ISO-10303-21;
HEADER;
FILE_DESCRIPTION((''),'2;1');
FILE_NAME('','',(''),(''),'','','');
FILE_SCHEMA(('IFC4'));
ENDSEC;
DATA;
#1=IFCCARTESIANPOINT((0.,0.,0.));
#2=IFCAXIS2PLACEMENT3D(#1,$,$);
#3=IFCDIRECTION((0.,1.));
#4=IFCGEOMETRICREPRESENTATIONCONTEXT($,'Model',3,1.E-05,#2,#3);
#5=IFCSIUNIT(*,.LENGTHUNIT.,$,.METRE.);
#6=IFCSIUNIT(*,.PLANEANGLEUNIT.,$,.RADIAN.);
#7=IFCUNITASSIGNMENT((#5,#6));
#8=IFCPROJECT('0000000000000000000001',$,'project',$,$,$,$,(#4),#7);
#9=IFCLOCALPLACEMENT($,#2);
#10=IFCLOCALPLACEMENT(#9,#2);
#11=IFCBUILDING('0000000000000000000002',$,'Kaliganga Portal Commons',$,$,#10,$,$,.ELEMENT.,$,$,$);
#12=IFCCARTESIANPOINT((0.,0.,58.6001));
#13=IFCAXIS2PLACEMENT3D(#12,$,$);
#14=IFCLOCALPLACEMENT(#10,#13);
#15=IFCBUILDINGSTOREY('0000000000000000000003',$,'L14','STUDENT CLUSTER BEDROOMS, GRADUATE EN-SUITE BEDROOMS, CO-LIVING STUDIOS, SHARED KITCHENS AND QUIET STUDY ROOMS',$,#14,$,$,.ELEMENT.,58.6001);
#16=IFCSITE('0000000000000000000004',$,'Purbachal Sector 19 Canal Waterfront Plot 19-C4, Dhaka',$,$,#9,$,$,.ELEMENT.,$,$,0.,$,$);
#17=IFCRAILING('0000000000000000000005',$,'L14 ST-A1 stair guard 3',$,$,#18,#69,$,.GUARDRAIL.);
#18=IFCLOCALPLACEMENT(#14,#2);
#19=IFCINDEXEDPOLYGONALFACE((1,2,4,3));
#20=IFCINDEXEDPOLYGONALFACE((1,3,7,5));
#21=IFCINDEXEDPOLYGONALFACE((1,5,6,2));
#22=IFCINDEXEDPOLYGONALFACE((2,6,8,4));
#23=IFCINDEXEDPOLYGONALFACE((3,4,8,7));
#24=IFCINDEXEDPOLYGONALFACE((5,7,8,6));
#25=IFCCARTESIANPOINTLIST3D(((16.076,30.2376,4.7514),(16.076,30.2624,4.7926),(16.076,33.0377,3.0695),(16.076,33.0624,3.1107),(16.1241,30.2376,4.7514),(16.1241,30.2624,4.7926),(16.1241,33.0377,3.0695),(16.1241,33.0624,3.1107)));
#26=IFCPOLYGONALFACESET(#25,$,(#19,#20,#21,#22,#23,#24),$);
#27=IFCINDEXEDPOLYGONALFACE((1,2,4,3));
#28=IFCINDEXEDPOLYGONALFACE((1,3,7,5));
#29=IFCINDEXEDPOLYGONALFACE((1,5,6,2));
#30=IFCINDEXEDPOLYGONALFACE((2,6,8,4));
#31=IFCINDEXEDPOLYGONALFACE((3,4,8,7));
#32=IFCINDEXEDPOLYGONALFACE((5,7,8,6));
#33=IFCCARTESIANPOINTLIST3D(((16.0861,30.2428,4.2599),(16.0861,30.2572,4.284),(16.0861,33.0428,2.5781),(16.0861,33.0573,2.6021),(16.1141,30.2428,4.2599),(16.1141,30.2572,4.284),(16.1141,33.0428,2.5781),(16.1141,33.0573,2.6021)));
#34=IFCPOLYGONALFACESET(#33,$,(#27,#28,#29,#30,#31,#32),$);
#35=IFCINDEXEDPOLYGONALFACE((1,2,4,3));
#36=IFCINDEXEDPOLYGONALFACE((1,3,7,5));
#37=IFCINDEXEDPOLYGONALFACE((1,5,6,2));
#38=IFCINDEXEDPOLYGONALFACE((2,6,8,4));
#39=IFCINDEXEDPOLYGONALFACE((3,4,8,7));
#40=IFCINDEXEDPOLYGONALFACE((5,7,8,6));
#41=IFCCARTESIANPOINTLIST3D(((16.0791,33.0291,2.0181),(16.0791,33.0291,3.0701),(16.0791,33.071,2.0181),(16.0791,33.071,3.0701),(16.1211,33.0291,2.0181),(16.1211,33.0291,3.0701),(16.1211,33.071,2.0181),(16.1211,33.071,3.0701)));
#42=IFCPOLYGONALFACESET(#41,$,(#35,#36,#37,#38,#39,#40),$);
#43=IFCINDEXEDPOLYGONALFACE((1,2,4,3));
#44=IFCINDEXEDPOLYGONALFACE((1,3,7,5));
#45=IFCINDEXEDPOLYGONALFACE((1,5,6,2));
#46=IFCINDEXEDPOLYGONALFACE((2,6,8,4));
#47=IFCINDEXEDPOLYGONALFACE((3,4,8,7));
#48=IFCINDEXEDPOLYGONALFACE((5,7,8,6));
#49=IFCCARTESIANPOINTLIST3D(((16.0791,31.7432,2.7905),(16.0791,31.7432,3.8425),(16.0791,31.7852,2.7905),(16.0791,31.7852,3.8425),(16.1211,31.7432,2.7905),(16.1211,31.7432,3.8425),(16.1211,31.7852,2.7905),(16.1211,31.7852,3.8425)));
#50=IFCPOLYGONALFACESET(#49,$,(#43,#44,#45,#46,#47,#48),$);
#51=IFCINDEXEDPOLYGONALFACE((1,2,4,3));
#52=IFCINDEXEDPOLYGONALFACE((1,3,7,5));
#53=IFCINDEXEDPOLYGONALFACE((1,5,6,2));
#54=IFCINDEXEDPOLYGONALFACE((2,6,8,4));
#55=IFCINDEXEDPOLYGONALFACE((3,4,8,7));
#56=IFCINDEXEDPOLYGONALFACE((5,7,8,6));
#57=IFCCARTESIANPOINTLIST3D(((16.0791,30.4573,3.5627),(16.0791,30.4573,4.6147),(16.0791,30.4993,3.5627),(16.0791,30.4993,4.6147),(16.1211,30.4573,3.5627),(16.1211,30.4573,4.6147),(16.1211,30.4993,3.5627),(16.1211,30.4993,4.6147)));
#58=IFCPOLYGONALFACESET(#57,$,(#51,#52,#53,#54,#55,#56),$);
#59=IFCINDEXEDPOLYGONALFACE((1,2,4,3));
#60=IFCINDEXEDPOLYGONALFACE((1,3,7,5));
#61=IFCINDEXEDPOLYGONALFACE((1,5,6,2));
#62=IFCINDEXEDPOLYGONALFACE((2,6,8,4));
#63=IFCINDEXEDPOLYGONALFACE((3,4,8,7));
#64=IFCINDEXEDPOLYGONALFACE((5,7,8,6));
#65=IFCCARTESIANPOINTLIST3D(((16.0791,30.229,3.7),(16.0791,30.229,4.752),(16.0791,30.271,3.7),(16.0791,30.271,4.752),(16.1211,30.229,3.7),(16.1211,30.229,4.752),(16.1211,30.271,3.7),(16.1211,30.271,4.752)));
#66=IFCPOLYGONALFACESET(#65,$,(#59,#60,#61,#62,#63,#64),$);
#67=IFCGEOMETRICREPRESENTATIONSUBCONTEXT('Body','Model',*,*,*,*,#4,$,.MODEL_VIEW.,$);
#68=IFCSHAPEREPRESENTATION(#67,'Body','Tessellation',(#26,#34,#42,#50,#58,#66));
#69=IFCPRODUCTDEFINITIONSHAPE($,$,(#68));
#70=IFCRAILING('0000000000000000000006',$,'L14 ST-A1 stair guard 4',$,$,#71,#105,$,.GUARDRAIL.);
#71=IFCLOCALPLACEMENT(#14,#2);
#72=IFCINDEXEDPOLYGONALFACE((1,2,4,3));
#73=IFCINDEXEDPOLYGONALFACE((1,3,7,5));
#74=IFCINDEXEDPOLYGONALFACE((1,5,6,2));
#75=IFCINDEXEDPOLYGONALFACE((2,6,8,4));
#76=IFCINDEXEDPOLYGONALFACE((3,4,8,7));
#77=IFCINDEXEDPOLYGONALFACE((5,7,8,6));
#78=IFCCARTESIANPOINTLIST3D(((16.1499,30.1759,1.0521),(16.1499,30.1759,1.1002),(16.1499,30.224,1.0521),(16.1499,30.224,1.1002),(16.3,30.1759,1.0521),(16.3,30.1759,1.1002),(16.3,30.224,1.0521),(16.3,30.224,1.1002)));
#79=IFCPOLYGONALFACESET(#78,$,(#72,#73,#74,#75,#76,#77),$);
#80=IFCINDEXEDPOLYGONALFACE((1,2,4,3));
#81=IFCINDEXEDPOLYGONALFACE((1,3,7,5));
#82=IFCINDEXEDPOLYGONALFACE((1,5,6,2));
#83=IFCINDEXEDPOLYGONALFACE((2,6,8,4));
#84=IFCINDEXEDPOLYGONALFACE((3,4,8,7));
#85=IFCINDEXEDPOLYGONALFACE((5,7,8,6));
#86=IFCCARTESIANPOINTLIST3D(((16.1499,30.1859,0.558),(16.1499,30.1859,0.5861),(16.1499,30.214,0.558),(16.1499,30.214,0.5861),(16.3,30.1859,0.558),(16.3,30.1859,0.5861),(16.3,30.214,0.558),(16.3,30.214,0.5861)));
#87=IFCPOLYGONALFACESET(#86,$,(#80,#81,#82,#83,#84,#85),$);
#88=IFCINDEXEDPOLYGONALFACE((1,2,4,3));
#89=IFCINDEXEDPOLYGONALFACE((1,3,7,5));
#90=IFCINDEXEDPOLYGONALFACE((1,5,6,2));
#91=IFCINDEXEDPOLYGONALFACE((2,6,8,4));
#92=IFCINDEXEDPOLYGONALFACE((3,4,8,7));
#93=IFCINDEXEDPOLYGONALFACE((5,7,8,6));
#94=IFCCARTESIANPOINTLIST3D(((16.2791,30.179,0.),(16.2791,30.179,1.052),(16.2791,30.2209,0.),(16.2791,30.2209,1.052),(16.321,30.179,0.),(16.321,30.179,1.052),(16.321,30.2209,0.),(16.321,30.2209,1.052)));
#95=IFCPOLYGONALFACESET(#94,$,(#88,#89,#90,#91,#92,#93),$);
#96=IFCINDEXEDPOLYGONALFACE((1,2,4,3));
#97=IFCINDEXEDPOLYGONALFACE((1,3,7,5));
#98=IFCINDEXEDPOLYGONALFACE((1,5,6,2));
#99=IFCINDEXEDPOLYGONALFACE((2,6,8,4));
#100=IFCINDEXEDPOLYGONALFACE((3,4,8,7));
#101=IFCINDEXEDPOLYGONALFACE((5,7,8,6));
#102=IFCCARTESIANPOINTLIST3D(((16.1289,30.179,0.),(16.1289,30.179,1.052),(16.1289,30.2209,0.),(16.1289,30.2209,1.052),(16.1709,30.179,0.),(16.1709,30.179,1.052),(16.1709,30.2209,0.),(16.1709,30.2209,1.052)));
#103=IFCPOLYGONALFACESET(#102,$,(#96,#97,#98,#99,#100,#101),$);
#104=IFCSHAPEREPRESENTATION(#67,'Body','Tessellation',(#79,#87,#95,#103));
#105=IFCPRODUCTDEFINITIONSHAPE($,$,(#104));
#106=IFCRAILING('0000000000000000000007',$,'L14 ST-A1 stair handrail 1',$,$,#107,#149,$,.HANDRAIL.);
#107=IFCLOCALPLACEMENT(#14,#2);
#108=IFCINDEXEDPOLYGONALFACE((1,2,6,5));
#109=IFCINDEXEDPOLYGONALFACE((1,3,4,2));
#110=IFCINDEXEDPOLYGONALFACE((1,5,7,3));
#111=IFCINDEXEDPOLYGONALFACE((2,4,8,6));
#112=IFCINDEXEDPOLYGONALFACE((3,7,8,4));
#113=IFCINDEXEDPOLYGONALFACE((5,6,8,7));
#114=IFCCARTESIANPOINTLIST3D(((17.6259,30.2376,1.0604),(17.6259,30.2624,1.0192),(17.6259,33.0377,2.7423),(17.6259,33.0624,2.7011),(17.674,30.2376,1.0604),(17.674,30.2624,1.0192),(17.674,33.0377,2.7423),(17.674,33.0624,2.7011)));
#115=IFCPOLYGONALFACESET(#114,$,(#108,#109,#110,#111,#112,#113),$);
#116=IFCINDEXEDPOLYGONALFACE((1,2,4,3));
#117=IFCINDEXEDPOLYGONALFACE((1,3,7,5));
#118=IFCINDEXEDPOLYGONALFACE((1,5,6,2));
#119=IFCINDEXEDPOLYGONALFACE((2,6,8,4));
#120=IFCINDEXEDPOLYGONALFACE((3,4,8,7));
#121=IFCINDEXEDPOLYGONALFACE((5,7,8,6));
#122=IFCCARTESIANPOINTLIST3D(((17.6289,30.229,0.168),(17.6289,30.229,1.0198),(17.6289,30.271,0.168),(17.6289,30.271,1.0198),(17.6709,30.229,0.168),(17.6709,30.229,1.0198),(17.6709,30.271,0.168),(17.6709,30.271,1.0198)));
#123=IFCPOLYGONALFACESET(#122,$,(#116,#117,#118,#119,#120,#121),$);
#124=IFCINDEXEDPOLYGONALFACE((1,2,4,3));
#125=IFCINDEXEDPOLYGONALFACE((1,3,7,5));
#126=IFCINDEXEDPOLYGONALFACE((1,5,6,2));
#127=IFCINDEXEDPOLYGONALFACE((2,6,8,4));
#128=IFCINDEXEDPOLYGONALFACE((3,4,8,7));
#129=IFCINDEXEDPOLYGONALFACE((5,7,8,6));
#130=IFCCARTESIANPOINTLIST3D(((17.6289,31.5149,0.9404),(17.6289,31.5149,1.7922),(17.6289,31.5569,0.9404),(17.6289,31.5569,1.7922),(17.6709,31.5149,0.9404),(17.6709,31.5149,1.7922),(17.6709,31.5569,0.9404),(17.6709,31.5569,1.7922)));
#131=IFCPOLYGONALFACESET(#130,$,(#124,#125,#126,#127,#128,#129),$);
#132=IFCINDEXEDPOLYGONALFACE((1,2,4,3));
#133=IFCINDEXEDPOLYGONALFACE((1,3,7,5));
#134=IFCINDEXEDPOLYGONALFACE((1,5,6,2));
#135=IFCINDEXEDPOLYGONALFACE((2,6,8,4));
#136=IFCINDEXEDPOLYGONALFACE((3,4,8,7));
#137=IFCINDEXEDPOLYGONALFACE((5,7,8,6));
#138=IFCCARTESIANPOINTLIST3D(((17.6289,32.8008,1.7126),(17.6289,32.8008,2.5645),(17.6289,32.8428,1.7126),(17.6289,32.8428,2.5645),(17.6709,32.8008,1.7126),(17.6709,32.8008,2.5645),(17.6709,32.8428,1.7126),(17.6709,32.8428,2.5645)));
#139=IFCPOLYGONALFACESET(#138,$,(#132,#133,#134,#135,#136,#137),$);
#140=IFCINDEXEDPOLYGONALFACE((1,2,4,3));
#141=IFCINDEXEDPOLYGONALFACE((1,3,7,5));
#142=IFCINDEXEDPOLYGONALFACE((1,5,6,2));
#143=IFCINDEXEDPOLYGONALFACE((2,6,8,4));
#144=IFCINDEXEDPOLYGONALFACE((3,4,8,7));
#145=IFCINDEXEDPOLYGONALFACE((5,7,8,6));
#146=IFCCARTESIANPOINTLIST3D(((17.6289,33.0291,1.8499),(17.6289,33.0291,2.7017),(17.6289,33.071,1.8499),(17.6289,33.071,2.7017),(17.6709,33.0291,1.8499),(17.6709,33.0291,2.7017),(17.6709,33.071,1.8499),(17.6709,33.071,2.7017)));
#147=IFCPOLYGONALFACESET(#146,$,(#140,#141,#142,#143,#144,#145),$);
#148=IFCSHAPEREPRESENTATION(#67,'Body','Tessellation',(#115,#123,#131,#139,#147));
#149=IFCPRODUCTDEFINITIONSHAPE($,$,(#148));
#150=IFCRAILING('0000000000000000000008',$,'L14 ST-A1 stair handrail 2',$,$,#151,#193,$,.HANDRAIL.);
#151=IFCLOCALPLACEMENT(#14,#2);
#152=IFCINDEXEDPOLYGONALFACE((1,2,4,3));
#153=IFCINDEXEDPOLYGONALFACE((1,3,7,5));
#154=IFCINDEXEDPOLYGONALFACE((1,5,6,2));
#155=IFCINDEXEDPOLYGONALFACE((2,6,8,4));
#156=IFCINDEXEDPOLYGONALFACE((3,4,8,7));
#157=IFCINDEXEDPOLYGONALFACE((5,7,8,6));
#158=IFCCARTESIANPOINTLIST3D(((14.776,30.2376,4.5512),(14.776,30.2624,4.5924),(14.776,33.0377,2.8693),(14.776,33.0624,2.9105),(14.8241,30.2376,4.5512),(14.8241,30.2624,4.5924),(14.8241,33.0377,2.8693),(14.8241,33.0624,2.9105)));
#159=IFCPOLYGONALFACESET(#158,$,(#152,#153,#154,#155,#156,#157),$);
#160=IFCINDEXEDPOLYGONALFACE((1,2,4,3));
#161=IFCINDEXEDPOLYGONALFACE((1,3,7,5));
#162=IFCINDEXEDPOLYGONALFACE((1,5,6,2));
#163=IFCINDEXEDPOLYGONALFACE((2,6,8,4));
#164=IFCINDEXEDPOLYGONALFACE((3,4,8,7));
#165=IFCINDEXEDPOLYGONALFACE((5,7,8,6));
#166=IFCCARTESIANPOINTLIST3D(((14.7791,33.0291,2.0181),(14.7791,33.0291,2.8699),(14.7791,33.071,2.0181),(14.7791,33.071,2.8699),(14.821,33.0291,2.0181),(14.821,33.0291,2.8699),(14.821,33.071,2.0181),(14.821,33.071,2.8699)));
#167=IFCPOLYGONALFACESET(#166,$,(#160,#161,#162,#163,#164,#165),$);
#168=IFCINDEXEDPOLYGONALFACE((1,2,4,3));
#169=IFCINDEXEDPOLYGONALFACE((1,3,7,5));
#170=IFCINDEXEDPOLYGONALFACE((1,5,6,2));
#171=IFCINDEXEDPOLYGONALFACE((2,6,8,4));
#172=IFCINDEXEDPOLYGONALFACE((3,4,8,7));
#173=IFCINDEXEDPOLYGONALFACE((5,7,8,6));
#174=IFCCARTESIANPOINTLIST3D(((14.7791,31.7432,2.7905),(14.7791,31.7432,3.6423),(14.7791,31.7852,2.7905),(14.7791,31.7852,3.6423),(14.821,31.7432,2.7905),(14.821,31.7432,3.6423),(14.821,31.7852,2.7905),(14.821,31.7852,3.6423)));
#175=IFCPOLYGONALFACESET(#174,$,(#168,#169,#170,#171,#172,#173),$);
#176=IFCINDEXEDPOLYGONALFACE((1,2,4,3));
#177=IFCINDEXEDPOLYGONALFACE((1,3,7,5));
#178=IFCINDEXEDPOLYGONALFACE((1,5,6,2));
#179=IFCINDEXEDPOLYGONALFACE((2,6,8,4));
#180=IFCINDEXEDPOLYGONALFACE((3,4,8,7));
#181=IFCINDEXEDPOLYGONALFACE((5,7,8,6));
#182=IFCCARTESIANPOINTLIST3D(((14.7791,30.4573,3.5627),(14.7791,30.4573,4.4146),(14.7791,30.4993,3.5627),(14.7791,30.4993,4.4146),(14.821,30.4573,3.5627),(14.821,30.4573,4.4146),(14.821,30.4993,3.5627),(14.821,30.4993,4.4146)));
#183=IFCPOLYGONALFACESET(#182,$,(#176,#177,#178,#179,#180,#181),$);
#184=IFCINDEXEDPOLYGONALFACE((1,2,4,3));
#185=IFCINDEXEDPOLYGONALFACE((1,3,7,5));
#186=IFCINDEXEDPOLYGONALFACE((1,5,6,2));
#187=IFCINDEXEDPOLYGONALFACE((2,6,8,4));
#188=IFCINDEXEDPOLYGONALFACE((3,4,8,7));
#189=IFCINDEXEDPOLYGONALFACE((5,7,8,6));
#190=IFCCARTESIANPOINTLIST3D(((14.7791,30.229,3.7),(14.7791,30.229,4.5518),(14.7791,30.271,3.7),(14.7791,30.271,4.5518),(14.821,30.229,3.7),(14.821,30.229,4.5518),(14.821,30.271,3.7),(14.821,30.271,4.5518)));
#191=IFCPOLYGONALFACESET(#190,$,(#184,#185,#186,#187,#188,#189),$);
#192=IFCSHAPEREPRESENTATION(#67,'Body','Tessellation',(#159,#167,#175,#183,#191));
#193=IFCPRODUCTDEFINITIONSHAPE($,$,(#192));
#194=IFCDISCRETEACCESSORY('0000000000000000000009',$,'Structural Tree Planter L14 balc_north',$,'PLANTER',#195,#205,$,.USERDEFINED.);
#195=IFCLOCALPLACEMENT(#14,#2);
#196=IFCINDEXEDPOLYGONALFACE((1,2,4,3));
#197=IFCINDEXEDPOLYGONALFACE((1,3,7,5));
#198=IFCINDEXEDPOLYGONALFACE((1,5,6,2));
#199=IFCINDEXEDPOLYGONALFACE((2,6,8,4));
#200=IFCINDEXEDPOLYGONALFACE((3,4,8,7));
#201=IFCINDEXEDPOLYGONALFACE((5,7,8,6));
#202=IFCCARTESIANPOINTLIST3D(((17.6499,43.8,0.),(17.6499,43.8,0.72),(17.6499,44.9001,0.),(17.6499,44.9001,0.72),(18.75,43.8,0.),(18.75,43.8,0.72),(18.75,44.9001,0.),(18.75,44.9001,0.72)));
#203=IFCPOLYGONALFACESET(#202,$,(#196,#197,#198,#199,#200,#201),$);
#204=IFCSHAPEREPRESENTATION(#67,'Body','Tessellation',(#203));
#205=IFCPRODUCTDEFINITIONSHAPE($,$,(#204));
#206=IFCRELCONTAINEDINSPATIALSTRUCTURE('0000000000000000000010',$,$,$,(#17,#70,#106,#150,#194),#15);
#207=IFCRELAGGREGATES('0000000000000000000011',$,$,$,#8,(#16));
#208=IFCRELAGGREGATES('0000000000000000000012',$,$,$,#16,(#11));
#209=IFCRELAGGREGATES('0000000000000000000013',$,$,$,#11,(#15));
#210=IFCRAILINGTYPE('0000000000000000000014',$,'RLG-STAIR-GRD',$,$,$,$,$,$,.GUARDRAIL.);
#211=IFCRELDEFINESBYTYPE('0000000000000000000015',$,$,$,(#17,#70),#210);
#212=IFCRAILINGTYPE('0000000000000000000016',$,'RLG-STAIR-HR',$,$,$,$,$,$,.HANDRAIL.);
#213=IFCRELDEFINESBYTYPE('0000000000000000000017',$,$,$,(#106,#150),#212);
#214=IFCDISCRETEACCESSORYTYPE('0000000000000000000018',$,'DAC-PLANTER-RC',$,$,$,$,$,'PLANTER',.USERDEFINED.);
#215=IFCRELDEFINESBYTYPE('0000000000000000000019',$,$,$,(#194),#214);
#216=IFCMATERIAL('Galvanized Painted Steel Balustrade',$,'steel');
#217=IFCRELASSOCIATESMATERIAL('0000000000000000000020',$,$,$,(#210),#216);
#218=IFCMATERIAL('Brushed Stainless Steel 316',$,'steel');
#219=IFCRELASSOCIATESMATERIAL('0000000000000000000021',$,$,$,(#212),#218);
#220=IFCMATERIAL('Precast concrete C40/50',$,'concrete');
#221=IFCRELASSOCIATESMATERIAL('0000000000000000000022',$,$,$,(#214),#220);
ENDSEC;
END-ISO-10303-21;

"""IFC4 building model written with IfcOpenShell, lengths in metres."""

from ifc_helpers import new_model, si_unit, direction, frame, origin, origin_2d, place, context, subcontext, project, spatial, rectangle, extrude, source, transform, mapped, material, type_object, element, save


model = new_model("IFC4")

# Units and contexts
model_context = context("Model", 3, precision=1e-05, world=origin(), true_north=direction((0.0, 1.0)))
body_context = subcontext(model_context, "Body", "Model", "MODEL_VIEW")
ifc_project = project(units=[si_unit("LENGTHUNIT", "METRE"), si_unit("PLANEANGLEUNIT", "RADIAN")], contexts=[model_context])

# Site, building, storey
site_placement = place(None, origin())
site = spatial("IfcSite", under=ifc_project, at=site_placement, Name="Purbachal Sector 19 Canal Waterfront Plot 19-C4, Dhaka", CompositionType="ELEMENT", RefElevation=0.0)
building_placement = place(site_placement, origin())
building = spatial("IfcBuilding", under=site, at=building_placement, Name="Kaliganga Portal Commons", CompositionType="ELEMENT")
storey_placement = place(building_placement, frame((0.0, 0.0, 58.6001)))
storey = spatial("IfcBuildingStorey", under=building, at=storey_placement, Name="L14", Description="STUDENT CLUSTER BEDROOMS, GRADUATE EN-SUITE BEDROOMS, CO-LIVING STUDIOS, SHARED KITCHENS AND QUIET STUDY ROOMS", CompositionType="ELEMENT", Elevation=58.6001)

# Railings
ifc_material_1 = material(Name="Galvanized Painted Steel Balustrade", Category="steel")
railing_type_1 = type_object("IfcRailingType", Name="RLG-STAIR-GRD", PredefinedType="GUARDRAIL", material=ifc_material_1)
railing_1_placement = place(storey_placement, frame((16.1001, 33.05, 2.0181)))
element("IfcRailing", 1, at=railing_1_placement, inside=storey, type_object=railing_type_1, Name="L14 ST-A1 stair guard 3", PredefinedType="GUARDRAIL", context=body_context, shape_type="SweptSolid", body=[
    extrude(rectangle(XDim=0.0481, YDim=0.0481, at=origin_2d()), frame((0.0, 0.0, 1.072), z_axis=(0.0, -0.857242, 0.514913), x_axis=(1.0, 0.0, 0.0)), (0.0, 0.0, 1.0), 3.2664),
    extrude(rectangle(XDim=0.0281, YDim=0.0281, at=origin_2d()), frame((0.0, 0.0, 0.572), z_axis=(0.0, -0.857242, 0.514913), x_axis=(1.0, 0.0, 0.0)), (0.0, 0.0, 1.0), 3.2664),
    extrude(rectangle(XDim=0.042, YDim=0.042, at=origin_2d()), origin(), (0.0, 0.0, 1.0), 1.052),
    extrude(rectangle(XDim=0.042, YDim=0.042, at=origin_2d()), frame((0.0, -1.2859, 0.7725)), (0.0, 0.0, 1.0), 1.052),
    extrude(rectangle(XDim=0.042, YDim=0.042, at=origin_2d()), frame((0.0, -2.5718, 1.5447)), (0.0, 0.0, 1.0), 1.052),
    extrude(rectangle(XDim=0.042, YDim=0.042, at=origin_2d()), frame((0.0, -2.8, 1.6819)), (0.0, 0.0, 1.0), 1.052),
])
railing_2_placement = place(storey_placement, frame((16.3, 30.2, 0.0)))
element("IfcRailing", 2, at=railing_2_placement, inside=storey, type_object=railing_type_1, Name="L14 ST-A1 stair guard 4", PredefinedType="GUARDRAIL", context=body_context, shape_type="SweptSolid", body=[
    extrude(rectangle(XDim=0.0481, YDim=0.0481, at=origin_2d()), frame((0.0, 0.0, 1.0762), z_axis=(-1.0, 0.0, 0.0), x_axis=(0.0, -1.0, 0.0)), (0.0, 0.0, 1.0), 0.1501),
    extrude(rectangle(XDim=0.0281, YDim=0.0281, at=origin_2d()), frame((0.0, 0.0, 0.572), z_axis=(-1.0, 0.0, 0.0), x_axis=(0.0, -1.0, 0.0)), (0.0, 0.0, 1.0), 0.1501),
    extrude(rectangle(XDim=0.042, YDim=0.042, at=origin_2d()), origin(), (0.0, 0.0, 1.0), 1.052),
    extrude(rectangle(XDim=0.042, YDim=0.042, at=origin_2d()), frame((-0.1501, 0.0, 0.0)), (0.0, 0.0, 1.0), 1.052),
])
ifc_material_2 = material(Name="Brushed Stainless Steel 316", Category="steel")
railing_type_2 = type_object("IfcRailingType", Name="RLG-STAIR-HR", PredefinedType="HANDRAIL", material=ifc_material_2)
railing_3_placement = place(storey_placement, frame((17.6499, 30.25, 0.168)))
element("IfcRailing", 3, at=railing_3_placement, inside=storey, type_object=railing_type_2, Name="L14 ST-A1 stair handrail 1", PredefinedType="HANDRAIL", context=body_context, shape_type="SweptSolid", body=[
    extrude(rectangle(XDim=0.0481, YDim=0.0481, at=origin_2d()), frame((0.0, 0.0, 0.8718), z_axis=(0.0, 0.857242, 0.514913), x_axis=(-1.0, 0.0, 0.0)), (0.0, 0.0, 1.0), 3.2664),
    extrude(rectangle(XDim=0.042, YDim=0.042, at=origin_2d()), origin(), (0.0, 0.0, 1.0), 0.8518),
    extrude(rectangle(XDim=0.042, YDim=0.042, at=origin_2d()), frame((0.0, 1.2859, 0.7725)), (0.0, 0.0, 1.0), 0.8518),
    extrude(rectangle(XDim=0.042, YDim=0.042, at=origin_2d()), frame((0.0, 2.5718, 1.5447)), (0.0, 0.0, 1.0), 0.8518),
    extrude(rectangle(XDim=0.042, YDim=0.042, at=origin_2d()), frame((0.0, 2.8, 1.6819)), (0.0, 0.0, 1.0), 0.8518),
])
railing_4_placement = place(storey_placement, frame((14.8, 33.05, 2.0181)))
element("IfcRailing", 4, at=railing_4_placement, inside=storey, type_object=railing_type_2, Name="L14 ST-A1 stair handrail 2", PredefinedType="HANDRAIL", context=body_context, shape_type="SweptSolid", body=[
    extrude(rectangle(XDim=0.0481, YDim=0.0481, at=origin_2d()), frame((0.0, 0.0, 0.8718), z_axis=(0.0, -0.857242, 0.514913), x_axis=(1.0, 0.0, 0.0)), (0.0, 0.0, 1.0), 3.2664),
    extrude(rectangle(XDim=0.042, YDim=0.042, at=origin_2d()), origin(), (0.0, 0.0, 1.0), 0.8518),
    extrude(rectangle(XDim=0.042, YDim=0.042, at=origin_2d()), frame((0.0, -1.2859, 0.7725)), (0.0, 0.0, 1.0), 0.8518),
    extrude(rectangle(XDim=0.042, YDim=0.042, at=origin_2d()), frame((0.0, -2.5718, 1.5447)), (0.0, 0.0, 1.0), 0.8518),
    extrude(rectangle(XDim=0.042, YDim=0.042, at=origin_2d()), frame((0.0, -2.8, 1.6819)), (0.0, 0.0, 1.0), 0.8518),
])

# Discrete accessory
ifc_material_3 = material(Name="Precast concrete C40/50", Category="concrete")
discrete_accessory_type = type_object("IfcDiscreteAccessoryType", Name="DAC-PLANTER-RC", ElementType="PLANTER", PredefinedType="USERDEFINED", material=ifc_material_3)
shared_shape_1 = source(origin(), body_context, "Body", "SweptSolid", [
    extrude(rectangle(XDim=1.1001, YDim=1.1001, at=origin_2d()), origin(), (0.0, 0.0, 1.0), 0.72),
])
discrete_accessory_placement = place(storey_placement, frame((18.2, 44.3501, 0.0), z_axis=(0.0, 0.0, 1.0), x_axis=(1.0, 0.0, 0.0)))
element("IfcDiscreteAccessory", 5, at=discrete_accessory_placement, inside=storey, type_object=discrete_accessory_type, Name="Structural Tree Planter L14 balc_north", ObjectType="PLANTER", PredefinedType="USERDEFINED", context=body_context, shape_type="MappedRepresentation", body=[
    mapped(shared_shape_1, transform((0.0, 0.0, 0.0), x_axis=(1.0, 0.0, 0.0), y_axis=(0.0, 1.0, 0.0), z_axis=(0.0, 0.0, 1.0), scale=1.0)),
])

save(model, "model.ifc")
